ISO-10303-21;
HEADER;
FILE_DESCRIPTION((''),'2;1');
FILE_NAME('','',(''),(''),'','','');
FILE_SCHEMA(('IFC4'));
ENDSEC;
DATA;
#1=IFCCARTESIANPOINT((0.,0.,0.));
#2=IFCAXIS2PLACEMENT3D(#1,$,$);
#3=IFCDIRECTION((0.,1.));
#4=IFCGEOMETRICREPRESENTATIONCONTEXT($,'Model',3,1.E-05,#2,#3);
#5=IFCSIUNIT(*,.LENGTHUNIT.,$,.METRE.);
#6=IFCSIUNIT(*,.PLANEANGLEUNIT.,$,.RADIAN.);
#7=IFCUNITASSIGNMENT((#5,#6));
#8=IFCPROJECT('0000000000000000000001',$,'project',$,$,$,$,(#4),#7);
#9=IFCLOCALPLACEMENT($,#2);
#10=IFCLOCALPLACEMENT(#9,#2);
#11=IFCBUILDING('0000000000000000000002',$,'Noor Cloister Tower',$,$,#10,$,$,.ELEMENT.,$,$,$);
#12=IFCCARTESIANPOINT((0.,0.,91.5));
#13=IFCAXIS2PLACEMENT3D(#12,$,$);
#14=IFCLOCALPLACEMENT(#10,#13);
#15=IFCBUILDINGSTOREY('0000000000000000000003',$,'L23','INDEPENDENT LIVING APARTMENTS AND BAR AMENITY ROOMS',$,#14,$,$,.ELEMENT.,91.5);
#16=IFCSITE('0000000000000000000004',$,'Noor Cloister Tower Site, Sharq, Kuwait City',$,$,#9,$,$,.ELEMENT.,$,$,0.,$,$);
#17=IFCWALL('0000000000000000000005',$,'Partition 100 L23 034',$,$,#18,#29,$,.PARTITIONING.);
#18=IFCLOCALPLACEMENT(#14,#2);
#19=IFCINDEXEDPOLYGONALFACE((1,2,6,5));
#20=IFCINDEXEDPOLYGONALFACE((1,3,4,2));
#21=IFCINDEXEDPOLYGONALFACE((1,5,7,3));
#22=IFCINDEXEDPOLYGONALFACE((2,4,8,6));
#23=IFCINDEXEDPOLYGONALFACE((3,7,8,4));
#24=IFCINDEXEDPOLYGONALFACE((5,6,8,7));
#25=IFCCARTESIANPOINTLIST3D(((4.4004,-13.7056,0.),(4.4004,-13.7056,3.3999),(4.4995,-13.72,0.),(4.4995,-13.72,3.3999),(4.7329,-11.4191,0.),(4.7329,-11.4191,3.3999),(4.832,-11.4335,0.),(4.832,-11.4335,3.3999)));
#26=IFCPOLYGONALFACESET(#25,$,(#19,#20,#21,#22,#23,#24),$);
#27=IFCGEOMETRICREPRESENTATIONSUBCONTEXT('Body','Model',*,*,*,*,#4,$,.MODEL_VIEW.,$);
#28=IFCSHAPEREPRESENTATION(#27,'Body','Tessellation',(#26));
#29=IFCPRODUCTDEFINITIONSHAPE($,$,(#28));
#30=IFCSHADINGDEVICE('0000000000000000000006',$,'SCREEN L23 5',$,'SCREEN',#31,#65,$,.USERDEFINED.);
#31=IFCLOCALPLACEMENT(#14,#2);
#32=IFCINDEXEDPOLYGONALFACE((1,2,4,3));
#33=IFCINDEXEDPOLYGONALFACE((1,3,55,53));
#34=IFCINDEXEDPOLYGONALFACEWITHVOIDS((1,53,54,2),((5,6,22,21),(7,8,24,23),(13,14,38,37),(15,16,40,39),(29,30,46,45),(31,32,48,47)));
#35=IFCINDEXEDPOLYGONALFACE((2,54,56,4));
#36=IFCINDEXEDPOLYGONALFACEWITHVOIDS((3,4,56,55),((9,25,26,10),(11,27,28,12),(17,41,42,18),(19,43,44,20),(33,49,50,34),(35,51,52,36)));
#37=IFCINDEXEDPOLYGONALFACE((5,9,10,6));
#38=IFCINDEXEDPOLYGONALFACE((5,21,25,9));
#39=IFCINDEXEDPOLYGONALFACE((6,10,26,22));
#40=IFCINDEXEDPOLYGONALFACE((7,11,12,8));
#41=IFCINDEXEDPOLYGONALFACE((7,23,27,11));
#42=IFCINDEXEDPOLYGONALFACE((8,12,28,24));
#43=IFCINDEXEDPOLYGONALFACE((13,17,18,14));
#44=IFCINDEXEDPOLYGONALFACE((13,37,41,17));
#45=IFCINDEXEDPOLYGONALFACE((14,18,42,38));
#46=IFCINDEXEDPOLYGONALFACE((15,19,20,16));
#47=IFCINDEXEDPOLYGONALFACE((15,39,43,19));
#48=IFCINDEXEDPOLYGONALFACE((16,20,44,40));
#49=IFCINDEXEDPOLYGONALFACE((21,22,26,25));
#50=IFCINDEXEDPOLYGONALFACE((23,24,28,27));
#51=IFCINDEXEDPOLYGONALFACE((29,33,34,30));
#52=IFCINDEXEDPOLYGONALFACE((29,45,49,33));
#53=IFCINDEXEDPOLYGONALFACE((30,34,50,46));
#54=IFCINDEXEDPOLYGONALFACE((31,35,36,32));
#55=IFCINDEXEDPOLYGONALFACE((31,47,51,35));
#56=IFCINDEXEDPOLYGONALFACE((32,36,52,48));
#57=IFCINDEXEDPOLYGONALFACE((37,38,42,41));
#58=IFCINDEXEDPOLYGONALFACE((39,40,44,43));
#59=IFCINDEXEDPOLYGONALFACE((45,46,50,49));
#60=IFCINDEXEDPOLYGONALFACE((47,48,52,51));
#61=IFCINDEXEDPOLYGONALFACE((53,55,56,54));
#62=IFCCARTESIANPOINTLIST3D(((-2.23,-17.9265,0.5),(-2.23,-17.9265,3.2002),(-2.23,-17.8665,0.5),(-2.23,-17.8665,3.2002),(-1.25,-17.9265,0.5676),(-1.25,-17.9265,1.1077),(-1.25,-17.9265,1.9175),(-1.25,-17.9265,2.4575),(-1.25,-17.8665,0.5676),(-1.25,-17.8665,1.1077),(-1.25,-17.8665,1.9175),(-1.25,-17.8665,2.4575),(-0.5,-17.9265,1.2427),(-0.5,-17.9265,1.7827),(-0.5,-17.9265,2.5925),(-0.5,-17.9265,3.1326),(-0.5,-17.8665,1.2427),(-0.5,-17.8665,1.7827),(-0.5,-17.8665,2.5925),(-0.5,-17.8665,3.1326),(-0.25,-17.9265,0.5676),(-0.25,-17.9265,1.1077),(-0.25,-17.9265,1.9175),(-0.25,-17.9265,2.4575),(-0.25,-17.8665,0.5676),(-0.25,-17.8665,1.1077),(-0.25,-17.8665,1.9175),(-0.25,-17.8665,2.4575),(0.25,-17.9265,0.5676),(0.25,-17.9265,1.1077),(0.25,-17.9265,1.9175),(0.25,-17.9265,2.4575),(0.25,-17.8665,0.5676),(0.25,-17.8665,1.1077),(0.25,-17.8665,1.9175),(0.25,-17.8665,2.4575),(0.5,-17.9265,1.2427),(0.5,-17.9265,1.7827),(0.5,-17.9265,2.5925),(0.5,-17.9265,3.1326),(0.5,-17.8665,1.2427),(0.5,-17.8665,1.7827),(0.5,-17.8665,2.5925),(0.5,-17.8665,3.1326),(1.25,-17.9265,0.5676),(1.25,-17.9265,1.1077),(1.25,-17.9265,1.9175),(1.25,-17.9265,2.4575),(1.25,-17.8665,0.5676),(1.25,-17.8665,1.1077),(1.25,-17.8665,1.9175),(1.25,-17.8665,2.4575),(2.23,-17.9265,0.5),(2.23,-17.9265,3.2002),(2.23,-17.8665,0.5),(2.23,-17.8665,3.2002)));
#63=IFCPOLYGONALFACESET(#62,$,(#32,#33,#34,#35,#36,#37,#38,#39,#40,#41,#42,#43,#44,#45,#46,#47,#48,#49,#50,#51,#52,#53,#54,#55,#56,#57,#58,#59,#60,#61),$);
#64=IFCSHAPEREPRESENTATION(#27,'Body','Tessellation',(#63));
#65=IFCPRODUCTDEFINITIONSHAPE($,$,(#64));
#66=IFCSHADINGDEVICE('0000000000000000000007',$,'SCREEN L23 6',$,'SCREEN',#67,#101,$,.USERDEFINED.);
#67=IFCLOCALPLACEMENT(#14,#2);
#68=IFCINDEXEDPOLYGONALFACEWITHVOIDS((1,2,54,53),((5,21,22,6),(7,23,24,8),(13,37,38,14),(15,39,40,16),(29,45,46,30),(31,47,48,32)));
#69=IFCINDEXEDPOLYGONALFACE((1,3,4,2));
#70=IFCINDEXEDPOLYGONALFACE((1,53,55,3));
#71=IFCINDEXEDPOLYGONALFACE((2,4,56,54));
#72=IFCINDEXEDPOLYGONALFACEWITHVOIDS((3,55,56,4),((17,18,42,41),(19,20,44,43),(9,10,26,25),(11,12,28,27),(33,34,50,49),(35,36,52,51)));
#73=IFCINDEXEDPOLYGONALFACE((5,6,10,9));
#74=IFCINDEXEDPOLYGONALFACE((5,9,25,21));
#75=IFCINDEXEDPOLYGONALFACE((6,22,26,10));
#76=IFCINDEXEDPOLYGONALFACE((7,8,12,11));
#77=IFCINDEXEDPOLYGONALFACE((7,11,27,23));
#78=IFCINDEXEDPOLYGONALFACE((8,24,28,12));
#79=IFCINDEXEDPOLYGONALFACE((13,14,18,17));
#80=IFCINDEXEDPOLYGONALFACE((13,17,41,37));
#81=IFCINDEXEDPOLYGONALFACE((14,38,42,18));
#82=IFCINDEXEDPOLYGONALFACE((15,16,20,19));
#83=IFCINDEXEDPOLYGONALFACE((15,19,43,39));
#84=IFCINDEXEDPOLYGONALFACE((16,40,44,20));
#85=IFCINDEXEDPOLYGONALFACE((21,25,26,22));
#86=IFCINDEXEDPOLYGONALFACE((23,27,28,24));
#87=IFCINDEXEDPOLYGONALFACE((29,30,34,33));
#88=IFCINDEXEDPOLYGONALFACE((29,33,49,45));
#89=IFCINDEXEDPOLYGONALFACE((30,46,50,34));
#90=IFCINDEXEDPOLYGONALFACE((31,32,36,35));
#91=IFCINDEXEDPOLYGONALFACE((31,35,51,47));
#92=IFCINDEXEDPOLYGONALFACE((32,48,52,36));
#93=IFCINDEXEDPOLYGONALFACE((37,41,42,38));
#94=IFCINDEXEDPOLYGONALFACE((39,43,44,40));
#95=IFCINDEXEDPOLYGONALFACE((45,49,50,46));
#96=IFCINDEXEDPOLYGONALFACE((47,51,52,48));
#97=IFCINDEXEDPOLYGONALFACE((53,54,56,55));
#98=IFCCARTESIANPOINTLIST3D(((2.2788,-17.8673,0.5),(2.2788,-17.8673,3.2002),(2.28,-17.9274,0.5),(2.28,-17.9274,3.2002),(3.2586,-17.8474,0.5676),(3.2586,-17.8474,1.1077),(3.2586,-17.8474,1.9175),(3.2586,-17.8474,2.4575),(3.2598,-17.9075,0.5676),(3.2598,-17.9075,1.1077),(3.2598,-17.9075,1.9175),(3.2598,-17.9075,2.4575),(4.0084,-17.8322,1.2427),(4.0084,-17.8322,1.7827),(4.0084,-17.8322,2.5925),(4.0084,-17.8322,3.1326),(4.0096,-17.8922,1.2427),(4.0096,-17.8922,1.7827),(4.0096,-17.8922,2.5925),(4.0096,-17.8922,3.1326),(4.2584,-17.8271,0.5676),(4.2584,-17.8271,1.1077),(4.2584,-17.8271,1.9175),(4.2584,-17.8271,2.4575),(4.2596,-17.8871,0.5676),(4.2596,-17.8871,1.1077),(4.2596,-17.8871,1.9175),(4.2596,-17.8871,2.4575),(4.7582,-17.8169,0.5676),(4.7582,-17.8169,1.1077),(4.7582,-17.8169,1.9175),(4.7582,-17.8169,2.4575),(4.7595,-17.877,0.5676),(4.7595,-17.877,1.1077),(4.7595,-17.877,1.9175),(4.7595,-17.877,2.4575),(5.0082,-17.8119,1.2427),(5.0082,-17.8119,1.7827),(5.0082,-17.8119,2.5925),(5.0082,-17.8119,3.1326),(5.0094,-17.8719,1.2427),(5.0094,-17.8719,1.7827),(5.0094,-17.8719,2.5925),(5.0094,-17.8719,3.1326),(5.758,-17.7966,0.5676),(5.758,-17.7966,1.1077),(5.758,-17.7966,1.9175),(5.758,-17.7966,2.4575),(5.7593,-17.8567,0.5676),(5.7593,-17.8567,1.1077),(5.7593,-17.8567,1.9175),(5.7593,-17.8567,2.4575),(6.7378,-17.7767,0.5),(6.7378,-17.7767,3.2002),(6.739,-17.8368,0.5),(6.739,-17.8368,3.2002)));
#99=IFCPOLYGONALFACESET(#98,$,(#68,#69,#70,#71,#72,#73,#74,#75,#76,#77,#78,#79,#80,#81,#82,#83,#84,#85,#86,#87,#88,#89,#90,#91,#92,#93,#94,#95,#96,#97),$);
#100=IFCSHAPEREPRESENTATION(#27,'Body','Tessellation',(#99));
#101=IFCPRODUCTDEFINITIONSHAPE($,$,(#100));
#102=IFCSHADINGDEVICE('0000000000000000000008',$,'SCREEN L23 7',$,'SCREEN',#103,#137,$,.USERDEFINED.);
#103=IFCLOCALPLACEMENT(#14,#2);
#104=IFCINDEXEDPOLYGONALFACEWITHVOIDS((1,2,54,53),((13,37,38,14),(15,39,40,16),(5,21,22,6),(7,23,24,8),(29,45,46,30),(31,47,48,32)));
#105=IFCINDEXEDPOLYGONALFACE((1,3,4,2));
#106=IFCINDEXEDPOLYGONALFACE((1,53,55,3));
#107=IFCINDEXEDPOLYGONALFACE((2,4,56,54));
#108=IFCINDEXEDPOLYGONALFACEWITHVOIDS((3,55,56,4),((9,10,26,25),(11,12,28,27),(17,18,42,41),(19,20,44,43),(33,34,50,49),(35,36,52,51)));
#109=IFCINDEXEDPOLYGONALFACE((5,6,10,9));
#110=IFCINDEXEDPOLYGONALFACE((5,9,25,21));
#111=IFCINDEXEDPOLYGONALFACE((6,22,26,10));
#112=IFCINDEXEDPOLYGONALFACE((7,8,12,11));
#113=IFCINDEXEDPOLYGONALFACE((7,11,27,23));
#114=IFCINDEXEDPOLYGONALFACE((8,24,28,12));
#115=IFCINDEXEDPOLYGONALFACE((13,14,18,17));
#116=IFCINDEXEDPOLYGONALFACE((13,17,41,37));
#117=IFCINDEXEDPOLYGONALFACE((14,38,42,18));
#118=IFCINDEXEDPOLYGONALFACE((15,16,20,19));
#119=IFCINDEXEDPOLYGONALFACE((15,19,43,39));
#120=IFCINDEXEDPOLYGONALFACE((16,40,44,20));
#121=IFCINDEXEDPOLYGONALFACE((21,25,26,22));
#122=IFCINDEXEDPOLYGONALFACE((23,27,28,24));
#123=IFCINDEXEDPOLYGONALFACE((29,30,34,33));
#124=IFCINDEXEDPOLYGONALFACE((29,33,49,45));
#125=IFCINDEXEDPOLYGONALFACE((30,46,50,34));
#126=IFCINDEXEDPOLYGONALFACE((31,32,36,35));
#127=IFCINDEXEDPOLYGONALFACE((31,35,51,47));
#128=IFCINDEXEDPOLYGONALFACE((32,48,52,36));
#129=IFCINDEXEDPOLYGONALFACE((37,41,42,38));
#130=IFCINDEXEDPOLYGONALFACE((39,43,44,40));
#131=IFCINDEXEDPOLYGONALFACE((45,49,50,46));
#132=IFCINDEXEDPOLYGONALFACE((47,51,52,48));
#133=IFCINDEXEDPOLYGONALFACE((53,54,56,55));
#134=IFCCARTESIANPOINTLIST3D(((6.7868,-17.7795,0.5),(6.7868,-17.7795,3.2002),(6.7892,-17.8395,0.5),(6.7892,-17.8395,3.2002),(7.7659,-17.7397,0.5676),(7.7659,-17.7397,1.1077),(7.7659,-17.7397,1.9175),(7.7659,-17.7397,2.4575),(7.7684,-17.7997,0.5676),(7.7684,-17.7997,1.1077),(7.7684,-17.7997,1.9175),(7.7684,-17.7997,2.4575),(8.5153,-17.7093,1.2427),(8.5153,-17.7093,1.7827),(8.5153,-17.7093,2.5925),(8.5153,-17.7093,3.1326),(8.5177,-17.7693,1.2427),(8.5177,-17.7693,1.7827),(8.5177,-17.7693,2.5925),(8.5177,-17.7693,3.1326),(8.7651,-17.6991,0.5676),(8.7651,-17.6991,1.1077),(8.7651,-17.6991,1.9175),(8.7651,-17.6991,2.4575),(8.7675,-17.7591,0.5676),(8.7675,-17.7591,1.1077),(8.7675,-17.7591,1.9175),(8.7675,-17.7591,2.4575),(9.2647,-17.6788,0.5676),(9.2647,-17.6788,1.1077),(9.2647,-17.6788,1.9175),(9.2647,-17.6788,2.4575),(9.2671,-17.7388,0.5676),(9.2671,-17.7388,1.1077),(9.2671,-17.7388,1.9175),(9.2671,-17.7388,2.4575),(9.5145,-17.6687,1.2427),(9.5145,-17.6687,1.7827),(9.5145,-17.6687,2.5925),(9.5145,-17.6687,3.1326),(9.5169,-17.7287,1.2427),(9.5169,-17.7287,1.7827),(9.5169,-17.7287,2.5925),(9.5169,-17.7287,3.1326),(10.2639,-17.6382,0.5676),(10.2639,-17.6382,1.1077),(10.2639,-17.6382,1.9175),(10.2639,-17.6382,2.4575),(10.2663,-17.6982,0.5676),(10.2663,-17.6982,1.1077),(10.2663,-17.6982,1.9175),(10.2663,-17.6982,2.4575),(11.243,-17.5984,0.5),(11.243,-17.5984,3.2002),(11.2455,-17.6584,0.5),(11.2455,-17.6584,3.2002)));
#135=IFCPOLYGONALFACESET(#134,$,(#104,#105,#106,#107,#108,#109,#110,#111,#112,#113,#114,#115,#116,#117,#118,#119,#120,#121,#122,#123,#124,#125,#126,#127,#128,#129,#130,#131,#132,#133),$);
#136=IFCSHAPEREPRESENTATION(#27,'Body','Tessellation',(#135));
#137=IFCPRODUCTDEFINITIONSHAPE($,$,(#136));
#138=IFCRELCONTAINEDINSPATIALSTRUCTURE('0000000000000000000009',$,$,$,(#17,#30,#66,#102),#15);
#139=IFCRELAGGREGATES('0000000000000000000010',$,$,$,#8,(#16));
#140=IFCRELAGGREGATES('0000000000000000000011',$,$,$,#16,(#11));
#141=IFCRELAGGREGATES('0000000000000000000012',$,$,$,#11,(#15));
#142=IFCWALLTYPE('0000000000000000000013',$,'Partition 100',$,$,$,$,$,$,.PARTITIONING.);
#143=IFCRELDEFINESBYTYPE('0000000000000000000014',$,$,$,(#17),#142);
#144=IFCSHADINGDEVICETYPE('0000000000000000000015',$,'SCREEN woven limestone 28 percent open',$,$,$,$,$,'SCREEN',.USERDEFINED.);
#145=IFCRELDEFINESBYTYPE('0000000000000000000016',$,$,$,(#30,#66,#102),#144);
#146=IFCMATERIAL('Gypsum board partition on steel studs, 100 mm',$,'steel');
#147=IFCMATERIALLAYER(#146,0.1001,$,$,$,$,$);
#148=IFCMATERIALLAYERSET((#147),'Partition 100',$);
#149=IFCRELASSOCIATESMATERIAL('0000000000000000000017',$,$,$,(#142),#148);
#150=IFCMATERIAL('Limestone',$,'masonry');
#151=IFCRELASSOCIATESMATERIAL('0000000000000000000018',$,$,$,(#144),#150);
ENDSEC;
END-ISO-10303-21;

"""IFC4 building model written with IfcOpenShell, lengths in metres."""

from ifc_helpers import new_model, si_unit, direction, frame, frame_2d, origin, place, context, subcontext, project, spatial, polyline, rectangle, outline, extrude, material, layer, layer_set, material_profile, profile_set, type_object, element, save


model = new_model("IFC4")

# Units and contexts
model_context = context("Model", 3, precision=1e-05, world=origin(), true_north=direction((0.0, 1.0)))
body_context = subcontext(model_context, "Body", "Model", "MODEL_VIEW")
ifc_project = project(units=[si_unit("LENGTHUNIT", "METRE"), si_unit("PLANEANGLEUNIT", "RADIAN")], contexts=[model_context])

# Site, building, storey
site_placement = place(None, origin())
site = spatial("IfcSite", under=ifc_project, at=site_placement, Name="Noor Cloister Tower Site, Sharq, Kuwait City", CompositionType="ELEMENT", RefElevation=0.0)
building_placement = place(site_placement, origin())
building = spatial("IfcBuilding", under=site, at=building_placement, Name="Noor Cloister Tower", CompositionType="ELEMENT")
storey_placement = place(building_placement, frame((0.0, 0.0, 91.5)))
storey = spatial("IfcBuildingStorey", under=building, at=storey_placement, Name="L23", Description="INDEPENDENT LIVING APARTMENTS AND BAR AMENITY ROOMS", CompositionType="ELEMENT", Elevation=91.5)

# Shared definitions
ifc_material_1 = material(Name="Gypsum board partition on steel studs, 100 mm", Category="steel")
ifc_layer_1 = layer(ifc_material_1, 0.1001)
ifc_layer_set_1 = layer_set([ifc_layer_1], Name="Partition 100")
wall_type_1 = type_object("IfcWallType", Name="Partition 100", PredefinedType="PARTITIONING", material=ifc_layer_set_1)

# Wall
wall_1_placement = place(storey_placement, frame((4.7825, -11.4263, 0.0), z_axis=(0.0, 0.0, 1.0), x_axis=(-0.143921, -0.989589, 0.0)))
element("IfcWall", 1, at=wall_1_placement, inside=storey, type_object=wall_type_1, Name="Partition 100 L23 034", PredefinedType="PARTITIONING", context=body_context, shape_type="SweptSolid", body=[
    extrude(rectangle(XDim=2.3105, YDim=0.1001, at=frame_2d((1.1553, 0.0))), origin(), (0.0, 0.0, 1.0), 3.3999),
])

# Shading devices
ifc_material_2 = material(Name="Limestone", Category="masonry")
ifc_material_profile_1 = material_profile(ifc_material_2, outline(polyline([(-2.23, -1.3501), (2.23, -1.3501), (2.23, 1.3501), (-2.23, 1.3501), (-2.23, -1.3501)]), holes=[polyline([(-1.25, -1.2825), (-0.25, -1.2825), (-0.25, -0.7424), (-1.25, -0.7424), (-1.25, -1.2825)]), polyline([(0.25, -1.2825), (1.25, -1.2825), (1.25, -0.7424), (0.25, -0.7424), (0.25, -1.2825)]), polyline([(-0.5, -0.6074), (0.5, -0.6074), (0.5, -0.0674), (-0.5, -0.0674), (-0.5, -0.6074)]), polyline([(-1.25, 0.0674), (-0.25, 0.0674), (-0.25, 0.6074), (-1.25, 0.6074), (-1.25, 0.0674)]), polyline([(0.25, 0.0674), (1.25, 0.0674), (1.25, 0.6074), (0.25, 0.6074), (0.25, 0.0674)]), polyline([(-0.5, 0.7424), (0.5, 0.7424), (0.5, 1.2825), (-0.5, 1.2825), (-0.5, 0.7424)])]), Name="Woven screen 28 percent open")
ifc_profile_set_1 = profile_set([ifc_material_profile_1], Name="Limestone")
shading_device_type = type_object("IfcShadingDeviceType", Name="SCREEN woven limestone 28 percent open", ElementType="SCREEN", PredefinedType="USERDEFINED", material=ifc_profile_set_1)
for number, where, z_axis, x_axis, name in (
    (2, (0.0, -17.8665, 1.8501), (0.0, -1.0, 0.0), (1.0, 0.0, 0.0), "SCREEN L23 5"),
    (3, (4.5083, -17.822, 1.8501), (0.020321, -0.999794, 0.0), (0.999794, 0.020321, 0.0), "SCREEN L23 6"),
    (4, (9.0149, -17.689, 1.8501), (0.040617, -0.999175, 0.0), (0.999175, 0.040617, 0.0), "SCREEN L23 7"),
):
    element("IfcShadingDevice", number, at=place(storey_placement, frame(where, z_axis=z_axis, x_axis=x_axis)), inside=storey, type_object=shading_device_type, Name=name, ObjectType="SCREEN", PredefinedType="USERDEFINED", context=body_context, shape_type="SweptSolid", body=[
        extrude(outline(polyline([(-2.23, -1.3501), (2.23, -1.3501), (2.23, 1.3501), (-2.23, 1.3501), (-2.23, -1.3501)]), holes=[polyline([(-1.25, -1.2825), (-0.25, -1.2825), (-0.25, -0.7424), (-1.25, -0.7424), (-1.25, -1.2825)]), polyline([(0.25, -1.2825), (1.25, -1.2825), (1.25, -0.7424), (0.25, -0.7424), (0.25, -1.2825)]), polyline([(-0.5, -0.6074), (0.5, -0.6074), (0.5, -0.0674), (-0.5, -0.0674), (-0.5, -0.6074)]), polyline([(-1.25, 0.0674), (-0.25, 0.0674), (-0.25, 0.6074), (-1.25, 0.6074), (-1.25, 0.0674)]), polyline([(0.25, 0.0674), (1.25, 0.0674), (1.25, 0.6074), (0.25, 0.6074), (0.25, 0.0674)]), polyline([(-0.5, 0.7424), (0.5, 0.7424), (0.5, 1.2825), (-0.5, 1.2825), (-0.5, 0.7424)])]), origin(), (0.0, 0.0, 1.0), 0.0601),
    ])

save(model, "model.ifc")
